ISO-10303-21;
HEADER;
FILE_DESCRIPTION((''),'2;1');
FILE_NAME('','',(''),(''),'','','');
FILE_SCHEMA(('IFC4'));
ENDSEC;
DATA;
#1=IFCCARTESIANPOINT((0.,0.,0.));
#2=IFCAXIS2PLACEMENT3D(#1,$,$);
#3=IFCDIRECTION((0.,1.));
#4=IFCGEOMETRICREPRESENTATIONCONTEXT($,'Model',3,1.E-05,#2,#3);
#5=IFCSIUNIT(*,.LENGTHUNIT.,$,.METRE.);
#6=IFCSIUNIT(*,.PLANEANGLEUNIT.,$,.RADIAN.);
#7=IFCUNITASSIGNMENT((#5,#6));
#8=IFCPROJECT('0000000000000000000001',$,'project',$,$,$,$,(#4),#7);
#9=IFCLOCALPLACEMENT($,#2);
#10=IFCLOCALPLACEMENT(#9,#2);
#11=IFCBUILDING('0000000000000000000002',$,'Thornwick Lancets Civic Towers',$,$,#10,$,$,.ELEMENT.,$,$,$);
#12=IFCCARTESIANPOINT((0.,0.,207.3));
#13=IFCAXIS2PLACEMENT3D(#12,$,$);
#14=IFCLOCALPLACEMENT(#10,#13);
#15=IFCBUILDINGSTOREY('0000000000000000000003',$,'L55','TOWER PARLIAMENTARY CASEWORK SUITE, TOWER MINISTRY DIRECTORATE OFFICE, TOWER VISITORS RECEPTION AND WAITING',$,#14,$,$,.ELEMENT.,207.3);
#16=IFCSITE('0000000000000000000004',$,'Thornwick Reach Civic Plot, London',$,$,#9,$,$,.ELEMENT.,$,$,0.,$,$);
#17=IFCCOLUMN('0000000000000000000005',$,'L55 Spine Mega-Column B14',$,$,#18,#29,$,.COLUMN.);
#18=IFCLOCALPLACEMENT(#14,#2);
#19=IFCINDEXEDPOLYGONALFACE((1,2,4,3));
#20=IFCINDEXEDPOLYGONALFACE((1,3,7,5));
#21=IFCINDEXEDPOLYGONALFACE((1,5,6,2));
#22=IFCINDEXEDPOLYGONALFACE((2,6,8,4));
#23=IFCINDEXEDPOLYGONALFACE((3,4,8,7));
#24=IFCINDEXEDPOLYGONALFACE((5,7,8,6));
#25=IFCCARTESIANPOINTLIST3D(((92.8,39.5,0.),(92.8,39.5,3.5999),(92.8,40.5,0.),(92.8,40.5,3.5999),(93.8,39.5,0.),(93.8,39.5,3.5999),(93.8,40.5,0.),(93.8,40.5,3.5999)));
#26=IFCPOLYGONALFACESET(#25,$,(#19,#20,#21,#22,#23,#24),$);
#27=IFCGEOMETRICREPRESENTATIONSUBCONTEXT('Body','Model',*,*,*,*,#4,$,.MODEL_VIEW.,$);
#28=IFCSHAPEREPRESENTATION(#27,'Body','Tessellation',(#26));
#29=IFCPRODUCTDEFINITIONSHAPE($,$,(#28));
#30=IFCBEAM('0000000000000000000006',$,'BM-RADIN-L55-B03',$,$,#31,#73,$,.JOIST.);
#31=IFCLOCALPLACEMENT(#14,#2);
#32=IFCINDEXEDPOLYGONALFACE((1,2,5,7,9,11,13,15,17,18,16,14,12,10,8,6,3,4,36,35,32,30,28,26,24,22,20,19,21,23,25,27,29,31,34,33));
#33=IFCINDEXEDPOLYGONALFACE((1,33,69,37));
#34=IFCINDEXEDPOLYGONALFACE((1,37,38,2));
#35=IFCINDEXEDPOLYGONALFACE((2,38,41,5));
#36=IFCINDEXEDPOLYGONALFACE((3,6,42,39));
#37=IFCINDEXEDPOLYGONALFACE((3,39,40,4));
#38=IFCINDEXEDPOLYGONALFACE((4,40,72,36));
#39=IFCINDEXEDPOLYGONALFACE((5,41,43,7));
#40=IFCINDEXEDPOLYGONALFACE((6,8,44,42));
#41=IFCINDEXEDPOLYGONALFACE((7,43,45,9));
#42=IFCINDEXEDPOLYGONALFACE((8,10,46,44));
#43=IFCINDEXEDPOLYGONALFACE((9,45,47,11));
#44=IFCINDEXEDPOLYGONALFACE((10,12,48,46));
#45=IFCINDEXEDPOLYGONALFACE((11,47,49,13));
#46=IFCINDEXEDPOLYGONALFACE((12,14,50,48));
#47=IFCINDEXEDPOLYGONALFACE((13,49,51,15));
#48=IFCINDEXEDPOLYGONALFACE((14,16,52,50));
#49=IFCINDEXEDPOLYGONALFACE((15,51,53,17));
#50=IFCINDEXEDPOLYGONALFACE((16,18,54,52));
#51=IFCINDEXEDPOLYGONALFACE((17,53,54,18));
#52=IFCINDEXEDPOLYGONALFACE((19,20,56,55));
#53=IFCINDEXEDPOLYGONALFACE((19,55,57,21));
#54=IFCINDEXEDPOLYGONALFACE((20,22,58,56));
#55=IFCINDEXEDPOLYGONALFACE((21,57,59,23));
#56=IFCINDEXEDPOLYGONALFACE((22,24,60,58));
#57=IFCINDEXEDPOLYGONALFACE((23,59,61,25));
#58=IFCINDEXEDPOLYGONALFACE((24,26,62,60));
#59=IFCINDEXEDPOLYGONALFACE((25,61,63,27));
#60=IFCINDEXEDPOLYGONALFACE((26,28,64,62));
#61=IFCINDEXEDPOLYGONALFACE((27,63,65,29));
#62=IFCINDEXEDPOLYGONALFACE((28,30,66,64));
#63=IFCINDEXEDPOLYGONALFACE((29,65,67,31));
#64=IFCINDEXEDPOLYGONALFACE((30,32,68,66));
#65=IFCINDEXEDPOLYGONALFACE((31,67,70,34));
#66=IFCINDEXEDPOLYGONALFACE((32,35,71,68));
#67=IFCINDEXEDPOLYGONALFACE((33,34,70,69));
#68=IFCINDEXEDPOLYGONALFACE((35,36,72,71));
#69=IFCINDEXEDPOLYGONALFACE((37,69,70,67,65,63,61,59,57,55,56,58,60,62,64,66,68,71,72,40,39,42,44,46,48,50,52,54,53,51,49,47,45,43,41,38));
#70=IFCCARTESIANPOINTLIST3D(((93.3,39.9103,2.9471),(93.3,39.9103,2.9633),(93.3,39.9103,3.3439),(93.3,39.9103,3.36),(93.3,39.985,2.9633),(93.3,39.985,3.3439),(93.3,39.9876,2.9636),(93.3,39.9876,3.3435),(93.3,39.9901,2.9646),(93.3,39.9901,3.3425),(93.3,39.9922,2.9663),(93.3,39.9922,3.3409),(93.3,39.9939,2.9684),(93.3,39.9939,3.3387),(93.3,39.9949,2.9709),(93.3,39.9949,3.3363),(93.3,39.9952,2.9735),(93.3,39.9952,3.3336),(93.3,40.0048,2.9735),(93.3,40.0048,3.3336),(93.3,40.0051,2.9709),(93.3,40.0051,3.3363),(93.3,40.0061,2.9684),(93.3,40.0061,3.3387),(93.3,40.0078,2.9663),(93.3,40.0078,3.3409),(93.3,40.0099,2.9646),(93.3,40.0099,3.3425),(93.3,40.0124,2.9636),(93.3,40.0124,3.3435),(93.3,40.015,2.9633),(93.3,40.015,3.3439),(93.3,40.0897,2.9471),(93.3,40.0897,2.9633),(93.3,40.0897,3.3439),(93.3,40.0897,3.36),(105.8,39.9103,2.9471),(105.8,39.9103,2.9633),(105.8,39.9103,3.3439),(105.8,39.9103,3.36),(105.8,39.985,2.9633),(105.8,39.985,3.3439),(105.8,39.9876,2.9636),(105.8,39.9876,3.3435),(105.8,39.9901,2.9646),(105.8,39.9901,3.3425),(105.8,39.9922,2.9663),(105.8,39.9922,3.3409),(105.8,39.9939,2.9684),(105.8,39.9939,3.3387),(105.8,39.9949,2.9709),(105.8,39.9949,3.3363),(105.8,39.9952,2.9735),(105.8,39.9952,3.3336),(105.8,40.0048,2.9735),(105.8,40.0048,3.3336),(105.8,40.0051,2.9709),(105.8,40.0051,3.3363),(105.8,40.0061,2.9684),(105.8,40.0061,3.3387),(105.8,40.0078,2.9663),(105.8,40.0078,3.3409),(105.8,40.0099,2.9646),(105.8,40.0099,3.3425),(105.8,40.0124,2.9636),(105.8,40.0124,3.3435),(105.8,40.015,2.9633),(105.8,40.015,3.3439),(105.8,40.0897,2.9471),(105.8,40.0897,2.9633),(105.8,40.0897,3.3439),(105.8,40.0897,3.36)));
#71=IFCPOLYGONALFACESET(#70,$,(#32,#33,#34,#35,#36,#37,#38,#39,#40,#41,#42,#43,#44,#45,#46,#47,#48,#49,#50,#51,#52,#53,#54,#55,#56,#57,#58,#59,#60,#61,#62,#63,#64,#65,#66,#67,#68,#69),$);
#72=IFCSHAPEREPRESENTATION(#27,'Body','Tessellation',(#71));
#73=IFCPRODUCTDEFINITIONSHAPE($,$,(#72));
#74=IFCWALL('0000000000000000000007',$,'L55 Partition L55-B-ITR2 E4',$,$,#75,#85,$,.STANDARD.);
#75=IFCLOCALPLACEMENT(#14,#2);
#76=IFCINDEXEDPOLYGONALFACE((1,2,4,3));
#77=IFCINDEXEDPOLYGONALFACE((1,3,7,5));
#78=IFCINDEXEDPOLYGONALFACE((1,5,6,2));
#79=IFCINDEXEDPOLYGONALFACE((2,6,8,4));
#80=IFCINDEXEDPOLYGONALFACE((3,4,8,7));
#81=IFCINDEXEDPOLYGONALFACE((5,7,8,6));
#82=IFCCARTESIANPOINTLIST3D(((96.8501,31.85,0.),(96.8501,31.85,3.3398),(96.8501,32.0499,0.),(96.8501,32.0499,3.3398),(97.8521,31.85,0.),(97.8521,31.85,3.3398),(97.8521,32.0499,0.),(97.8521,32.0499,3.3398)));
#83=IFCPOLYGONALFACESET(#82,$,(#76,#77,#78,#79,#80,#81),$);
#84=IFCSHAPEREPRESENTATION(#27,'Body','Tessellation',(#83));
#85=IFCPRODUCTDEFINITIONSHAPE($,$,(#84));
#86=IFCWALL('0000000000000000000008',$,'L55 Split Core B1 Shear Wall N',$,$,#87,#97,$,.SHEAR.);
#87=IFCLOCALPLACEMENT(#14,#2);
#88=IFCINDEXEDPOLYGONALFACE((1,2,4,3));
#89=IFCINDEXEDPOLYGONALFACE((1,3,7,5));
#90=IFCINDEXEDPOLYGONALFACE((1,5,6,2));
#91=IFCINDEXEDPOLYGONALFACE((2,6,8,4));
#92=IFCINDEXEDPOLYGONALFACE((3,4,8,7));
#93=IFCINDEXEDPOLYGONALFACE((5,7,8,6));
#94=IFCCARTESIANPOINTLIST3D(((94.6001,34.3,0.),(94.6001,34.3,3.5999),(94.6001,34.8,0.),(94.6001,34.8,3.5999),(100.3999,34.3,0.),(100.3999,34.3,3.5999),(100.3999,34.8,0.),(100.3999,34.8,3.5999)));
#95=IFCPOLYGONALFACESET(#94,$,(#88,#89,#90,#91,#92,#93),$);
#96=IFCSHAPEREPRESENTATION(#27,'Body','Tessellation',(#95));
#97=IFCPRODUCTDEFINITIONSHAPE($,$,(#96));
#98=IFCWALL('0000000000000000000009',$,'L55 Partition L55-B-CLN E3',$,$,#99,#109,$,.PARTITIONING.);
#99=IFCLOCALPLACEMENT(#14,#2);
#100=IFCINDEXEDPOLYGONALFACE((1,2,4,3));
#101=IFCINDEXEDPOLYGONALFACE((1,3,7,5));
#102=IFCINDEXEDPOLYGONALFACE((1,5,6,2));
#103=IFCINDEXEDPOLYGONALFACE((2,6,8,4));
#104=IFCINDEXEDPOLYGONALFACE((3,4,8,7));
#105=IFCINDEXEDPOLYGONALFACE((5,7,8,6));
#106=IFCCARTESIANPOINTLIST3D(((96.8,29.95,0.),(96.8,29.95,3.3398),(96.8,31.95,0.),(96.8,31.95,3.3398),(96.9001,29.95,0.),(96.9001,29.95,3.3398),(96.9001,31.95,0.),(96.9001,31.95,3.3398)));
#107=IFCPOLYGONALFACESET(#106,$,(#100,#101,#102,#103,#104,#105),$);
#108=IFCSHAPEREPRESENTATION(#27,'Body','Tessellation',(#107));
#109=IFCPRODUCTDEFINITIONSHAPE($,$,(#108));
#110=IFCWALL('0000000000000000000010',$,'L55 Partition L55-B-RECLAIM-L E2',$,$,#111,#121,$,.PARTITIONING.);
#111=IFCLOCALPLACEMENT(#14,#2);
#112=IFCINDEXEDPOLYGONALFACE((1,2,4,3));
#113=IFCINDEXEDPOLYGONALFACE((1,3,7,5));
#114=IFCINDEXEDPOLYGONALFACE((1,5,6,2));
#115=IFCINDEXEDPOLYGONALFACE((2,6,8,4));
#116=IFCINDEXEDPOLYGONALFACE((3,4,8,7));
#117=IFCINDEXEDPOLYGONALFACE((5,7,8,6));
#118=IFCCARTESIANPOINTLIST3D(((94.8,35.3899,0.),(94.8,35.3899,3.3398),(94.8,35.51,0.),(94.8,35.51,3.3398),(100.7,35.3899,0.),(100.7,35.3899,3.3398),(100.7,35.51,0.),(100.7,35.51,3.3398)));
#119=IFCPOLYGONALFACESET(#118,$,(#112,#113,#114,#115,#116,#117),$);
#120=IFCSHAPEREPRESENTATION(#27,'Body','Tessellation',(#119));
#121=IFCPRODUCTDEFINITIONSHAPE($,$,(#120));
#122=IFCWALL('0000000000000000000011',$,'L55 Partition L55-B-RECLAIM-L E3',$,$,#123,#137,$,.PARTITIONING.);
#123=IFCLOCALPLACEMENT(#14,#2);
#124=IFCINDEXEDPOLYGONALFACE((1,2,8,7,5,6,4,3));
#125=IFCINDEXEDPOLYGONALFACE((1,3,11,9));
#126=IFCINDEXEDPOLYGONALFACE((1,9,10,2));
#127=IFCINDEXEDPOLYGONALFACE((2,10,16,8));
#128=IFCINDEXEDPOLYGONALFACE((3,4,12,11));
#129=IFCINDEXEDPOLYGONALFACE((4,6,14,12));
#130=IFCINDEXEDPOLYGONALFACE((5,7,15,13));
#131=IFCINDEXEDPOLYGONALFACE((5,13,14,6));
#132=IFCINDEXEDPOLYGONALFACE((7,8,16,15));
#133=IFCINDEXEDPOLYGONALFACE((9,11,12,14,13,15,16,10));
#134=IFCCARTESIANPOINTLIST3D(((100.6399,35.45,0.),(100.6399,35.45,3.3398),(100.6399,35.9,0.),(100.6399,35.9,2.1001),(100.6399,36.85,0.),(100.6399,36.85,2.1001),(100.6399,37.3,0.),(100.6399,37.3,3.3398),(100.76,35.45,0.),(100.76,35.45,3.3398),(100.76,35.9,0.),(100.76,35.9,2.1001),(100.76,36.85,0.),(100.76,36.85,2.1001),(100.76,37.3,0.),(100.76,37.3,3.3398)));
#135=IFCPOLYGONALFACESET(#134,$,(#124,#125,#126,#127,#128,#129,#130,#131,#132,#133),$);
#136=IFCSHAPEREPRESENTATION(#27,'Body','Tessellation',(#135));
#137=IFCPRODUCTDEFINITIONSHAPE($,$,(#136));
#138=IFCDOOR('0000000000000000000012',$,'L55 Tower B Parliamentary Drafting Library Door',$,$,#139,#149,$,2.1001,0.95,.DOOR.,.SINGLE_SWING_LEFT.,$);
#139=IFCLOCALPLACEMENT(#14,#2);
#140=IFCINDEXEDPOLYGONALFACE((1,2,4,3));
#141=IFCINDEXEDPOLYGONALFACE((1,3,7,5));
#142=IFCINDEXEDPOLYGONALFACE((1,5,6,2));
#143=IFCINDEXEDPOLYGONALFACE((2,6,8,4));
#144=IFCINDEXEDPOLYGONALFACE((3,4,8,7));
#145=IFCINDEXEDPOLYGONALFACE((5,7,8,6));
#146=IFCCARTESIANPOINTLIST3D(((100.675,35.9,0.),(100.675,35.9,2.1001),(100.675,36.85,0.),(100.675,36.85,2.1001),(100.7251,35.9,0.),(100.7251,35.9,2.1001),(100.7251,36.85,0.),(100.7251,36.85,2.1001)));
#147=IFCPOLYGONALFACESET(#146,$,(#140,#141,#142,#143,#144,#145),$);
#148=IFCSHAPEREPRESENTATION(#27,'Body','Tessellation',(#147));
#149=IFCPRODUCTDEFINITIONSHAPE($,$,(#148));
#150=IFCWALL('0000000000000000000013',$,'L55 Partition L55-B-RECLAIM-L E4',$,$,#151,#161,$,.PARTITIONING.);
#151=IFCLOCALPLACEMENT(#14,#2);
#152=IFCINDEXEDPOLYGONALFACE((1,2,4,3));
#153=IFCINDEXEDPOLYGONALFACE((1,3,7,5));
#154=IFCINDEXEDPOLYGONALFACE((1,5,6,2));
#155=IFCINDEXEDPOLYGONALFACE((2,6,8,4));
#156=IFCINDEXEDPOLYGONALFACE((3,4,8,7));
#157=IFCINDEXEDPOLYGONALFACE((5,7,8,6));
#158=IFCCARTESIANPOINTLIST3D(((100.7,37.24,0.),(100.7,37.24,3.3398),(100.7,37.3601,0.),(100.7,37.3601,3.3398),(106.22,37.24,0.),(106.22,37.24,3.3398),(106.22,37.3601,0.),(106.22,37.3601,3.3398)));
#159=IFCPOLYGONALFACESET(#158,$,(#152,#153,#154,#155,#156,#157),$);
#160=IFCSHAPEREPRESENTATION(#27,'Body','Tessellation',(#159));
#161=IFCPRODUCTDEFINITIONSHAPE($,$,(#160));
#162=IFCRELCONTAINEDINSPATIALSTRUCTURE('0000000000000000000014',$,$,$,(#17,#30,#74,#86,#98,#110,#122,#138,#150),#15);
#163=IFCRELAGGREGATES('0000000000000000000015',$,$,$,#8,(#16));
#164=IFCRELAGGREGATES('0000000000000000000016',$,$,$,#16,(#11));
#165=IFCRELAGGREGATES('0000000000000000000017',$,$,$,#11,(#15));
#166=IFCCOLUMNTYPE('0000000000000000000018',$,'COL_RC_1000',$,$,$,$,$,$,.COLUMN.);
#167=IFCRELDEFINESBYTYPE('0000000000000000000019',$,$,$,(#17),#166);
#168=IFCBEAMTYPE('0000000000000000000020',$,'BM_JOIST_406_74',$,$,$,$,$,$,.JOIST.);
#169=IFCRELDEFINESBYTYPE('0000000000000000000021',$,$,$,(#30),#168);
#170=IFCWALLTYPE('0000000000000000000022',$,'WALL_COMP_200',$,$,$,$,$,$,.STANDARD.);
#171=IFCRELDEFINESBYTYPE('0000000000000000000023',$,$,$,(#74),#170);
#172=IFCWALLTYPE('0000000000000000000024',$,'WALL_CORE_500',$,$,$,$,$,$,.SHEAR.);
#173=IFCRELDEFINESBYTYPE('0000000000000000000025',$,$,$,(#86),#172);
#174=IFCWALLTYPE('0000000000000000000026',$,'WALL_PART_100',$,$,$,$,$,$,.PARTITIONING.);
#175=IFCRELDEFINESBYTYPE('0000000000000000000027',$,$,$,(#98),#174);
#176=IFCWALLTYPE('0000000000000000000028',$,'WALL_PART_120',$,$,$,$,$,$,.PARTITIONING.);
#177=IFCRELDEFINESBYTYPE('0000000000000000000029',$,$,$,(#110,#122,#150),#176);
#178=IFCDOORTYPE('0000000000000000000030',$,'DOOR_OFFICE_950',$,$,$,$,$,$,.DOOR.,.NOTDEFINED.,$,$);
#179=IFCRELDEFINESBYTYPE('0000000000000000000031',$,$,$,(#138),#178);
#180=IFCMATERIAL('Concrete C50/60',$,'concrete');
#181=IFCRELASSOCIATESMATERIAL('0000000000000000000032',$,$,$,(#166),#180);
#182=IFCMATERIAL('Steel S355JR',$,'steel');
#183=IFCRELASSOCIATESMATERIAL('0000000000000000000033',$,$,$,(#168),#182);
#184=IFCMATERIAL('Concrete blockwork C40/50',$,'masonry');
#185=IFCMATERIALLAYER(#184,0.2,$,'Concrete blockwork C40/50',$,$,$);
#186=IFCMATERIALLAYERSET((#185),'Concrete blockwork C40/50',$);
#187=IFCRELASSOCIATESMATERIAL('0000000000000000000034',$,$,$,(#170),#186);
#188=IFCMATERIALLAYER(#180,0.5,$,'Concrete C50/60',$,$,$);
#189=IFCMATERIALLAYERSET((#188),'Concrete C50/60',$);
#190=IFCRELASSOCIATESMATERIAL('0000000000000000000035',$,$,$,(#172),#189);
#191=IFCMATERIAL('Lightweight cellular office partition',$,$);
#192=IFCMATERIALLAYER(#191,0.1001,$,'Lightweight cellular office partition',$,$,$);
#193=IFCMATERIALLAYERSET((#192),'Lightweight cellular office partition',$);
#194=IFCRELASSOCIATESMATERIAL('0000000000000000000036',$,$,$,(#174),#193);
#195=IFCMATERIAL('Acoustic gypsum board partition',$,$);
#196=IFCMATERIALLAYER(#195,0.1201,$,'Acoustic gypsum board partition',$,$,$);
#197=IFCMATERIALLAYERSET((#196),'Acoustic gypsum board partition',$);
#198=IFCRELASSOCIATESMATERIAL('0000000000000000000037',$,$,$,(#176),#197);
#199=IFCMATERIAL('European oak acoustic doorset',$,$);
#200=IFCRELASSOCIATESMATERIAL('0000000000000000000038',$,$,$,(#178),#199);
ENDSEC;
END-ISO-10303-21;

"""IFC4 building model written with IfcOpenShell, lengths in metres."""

from ifc_helpers import new_model, si_unit, direction, frame, frame_2d, origin, origin_2d, place, context, subcontext, project, spatial, rectangle, i_section, extrude, material, layer, layer_set, material_profile, profile_set, type_object, element, fill, save


model = new_model("IFC4")

# Units and contexts
model_context = context("Model", 3, precision=1e-05, world=origin(), true_north=direction((0.0, 1.0)))
body_context = subcontext(model_context, "Body", "Model", "MODEL_VIEW")
ifc_project = project(units=[si_unit("LENGTHUNIT", "METRE"), si_unit("PLANEANGLEUNIT", "RADIAN")], contexts=[model_context])

# Site, building, storey
site_placement = place(None, origin())
site = spatial("IfcSite", under=ifc_project, at=site_placement, Name="Thornwick Reach Civic Plot, London", CompositionType="ELEMENT", RefElevation=0.0)
building_placement = place(site_placement, origin())
building = spatial("IfcBuilding", under=site, at=building_placement, Name="Thornwick Lancets Civic Towers", CompositionType="ELEMENT")
storey_placement = place(building_placement, frame((0.0, 0.0, 207.3)))
storey = spatial("IfcBuildingStorey", under=building, at=storey_placement, Name="L55", Description="TOWER PARLIAMENTARY CASEWORK SUITE, TOWER MINISTRY DIRECTORATE OFFICE, TOWER VISITORS RECEPTION AND WAITING", CompositionType="ELEMENT", Elevation=207.3)

# Column
ifc_material_1 = material(Name="Concrete C50/60", Category="concrete")
ifc_material_profile_1 = material_profile(ifc_material_1, rectangle(XDim=1.0, YDim=1.0, at=origin_2d()), Name="RC 1000x1000")
ifc_profile_set_1 = profile_set([ifc_material_profile_1], Name="Concrete C50/60")
column_type = type_object("IfcColumnType", Name="COL_RC_1000", PredefinedType="COLUMN", material=ifc_profile_set_1)
column_placement = place(storey_placement, frame((93.3, 40.0, 0.0), z_axis=(0.0, 0.0, 1.0), x_axis=(1.0, 0.0, 0.0)))
element("IfcColumn", 1, at=column_placement, inside=storey, type_object=column_type, Name="L55 Spine Mega-Column B14", PredefinedType="COLUMN", context=body_context, shape_type="SweptSolid", body=[
    extrude(rectangle(XDim=1.0, YDim=1.0, at=origin_2d()), origin(), (0.0, 0.0, 1.0), 3.5999),
])

# Beam
ifc_material_2 = material(Name="Steel S355JR", Category="steel")
ifc_material_profile_2 = material_profile(ifc_material_2, i_section(OverallWidth=0.1794, OverallDepth=0.4128, WebThickness=0.0095, FlangeThickness=0.0161, FilletRadius=0.0103, at=origin_2d()), Name="UKB 406x178x74")
ifc_profile_set_2 = profile_set([ifc_material_profile_2], Name="Steel S355JR")
beam_type = type_object("IfcBeamType", Name="BM_JOIST_406_74", PredefinedType="JOIST", material=ifc_profile_set_2)
beam_placement = place(storey_placement, frame((93.3, 40.0, 3.1536), z_axis=(1.0, 0.0, 0.0), x_axis=(0.0, 1.0, 0.0)))
element("IfcBeam", 2, at=beam_placement, inside=storey, type_object=beam_type, Name="BM-RADIN-L55-B03", PredefinedType="JOIST", context=body_context, shape_type="SweptSolid", body=[
    extrude(i_section(OverallWidth=0.1794, OverallDepth=0.4128, WebThickness=0.0095, FlangeThickness=0.0161, FilletRadius=0.0103, at=origin_2d()), origin(), (0.0, 0.0, 1.0), 12.5),
])

# Walls
ifc_material_3 = material(Name="Concrete blockwork C40/50", Category="masonry")
ifc_layer_1 = layer(ifc_material_3, 0.2, Name="Concrete blockwork C40/50")
ifc_layer_set_1 = layer_set([ifc_layer_1], Name="Concrete blockwork C40/50")
wall_type_1 = type_object("IfcWallType", Name="WALL_COMP_200", PredefinedType="STANDARD", material=ifc_layer_set_1)
wall_1_placement = place(storey_placement, frame((97.8521, 31.95, 0.0), z_axis=(0.0, 0.0, 1.0), x_axis=(-1.0, 0.0, 0.0)))
element("IfcWall", 3, at=wall_1_placement, inside=storey, type_object=wall_type_1, Name="L55 Partition L55-B-ITR2 E4", PredefinedType="STANDARD", context=body_context, shape_type="SweptSolid", body=[
    extrude(rectangle(XDim=1.002, YDim=0.2, at=frame_2d((0.501, 0.0))), origin(), (0.0, 0.0, 1.0), 3.3398),
])
ifc_layer_2 = layer(ifc_material_1, 0.5, Name="Concrete C50/60")
ifc_layer_set_2 = layer_set([ifc_layer_2], Name="Concrete C50/60")
wall_type_2 = type_object("IfcWallType", Name="WALL_CORE_500", PredefinedType="SHEAR", material=ifc_layer_set_2)
wall_2_placement = place(storey_placement, frame((94.6001, 34.55, 0.0), z_axis=(0.0, 0.0, 1.0), x_axis=(1.0, 0.0, 0.0)))
element("IfcWall", 4, at=wall_2_placement, inside=storey, type_object=wall_type_2, Name="L55 Split Core B1 Shear Wall N", PredefinedType="SHEAR", context=body_context, shape_type="SweptSolid", body=[
    extrude(rectangle(XDim=5.7998, YDim=0.5, at=frame_2d((2.8999, 0.0))), origin(), (0.0, 0.0, 1.0), 3.5999),
])
ifc_material_4 = material(Name="Lightweight cellular office partition")
ifc_layer_3 = layer(ifc_material_4, 0.1001, Name="Lightweight cellular office partition")
ifc_layer_set_3 = layer_set([ifc_layer_3], Name="Lightweight cellular office partition")
wall_type_3 = type_object("IfcWallType", Name="WALL_PART_100", PredefinedType="PARTITIONING", material=ifc_layer_set_3)
wall_3_placement = place(storey_placement, frame((96.8501, 31.95, 0.0), z_axis=(0.0, 0.0, 1.0), x_axis=(0.0, -1.0, 0.0)))
element("IfcWall", 5, at=wall_3_placement, inside=storey, type_object=wall_type_3, Name="L55 Partition L55-B-CLN E3", PredefinedType="PARTITIONING", context=body_context, shape_type="SweptSolid", body=[
    extrude(rectangle(XDim=2.0, YDim=0.1001, at=frame_2d((1.0, 0.0))), origin(), (0.0, 0.0, 1.0), 3.3398),
])
ifc_material_5 = material(Name="Acoustic gypsum board partition")
ifc_layer_4 = layer(ifc_material_5, 0.1201, Name="Acoustic gypsum board partition")
ifc_layer_set_4 = layer_set([ifc_layer_4], Name="Acoustic gypsum board partition")
wall_type_4 = type_object("IfcWallType", Name="WALL_PART_120", PredefinedType="PARTITIONING", material=ifc_layer_set_4)
wall_4_placement = place(storey_placement, frame((94.8, 35.45, 0.0), z_axis=(0.0, 0.0, 1.0), x_axis=(1.0, 0.0, 0.0)))
element("IfcWall", 6, at=wall_4_placement, inside=storey, type_object=wall_type_4, Name="L55 Partition L55-B-RECLAIM-L E2", PredefinedType="PARTITIONING", context=body_context, shape_type="SweptSolid", body=[
    extrude(rectangle(XDim=5.8999, YDim=0.1201, at=frame_2d((2.95, 0.0))), origin(), (0.0, 0.0, 1.0), 3.3398),
])

# Wall, opening, door
wall_5_placement = place(storey_placement, frame((100.7, 35.45, 0.0), z_axis=(0.0, 0.0, 1.0), x_axis=(0.0, 1.0, 0.0)))
wall_5 = element("IfcWall", 7, at=wall_5_placement, inside=storey, type_object=wall_type_4, Name="L55 Partition L55-B-RECLAIM-L E3", PredefinedType="PARTITIONING", context=body_context, shape_type="SweptSolid", body=[
    extrude(rectangle(XDim=1.8501, YDim=0.1201, at=frame_2d((0.925, 0.0))), origin(), (0.0, 0.0, 1.0), 3.3398),
])
opening_1_placement = place(wall_5_placement, frame((0.45, 0.0, 0.0)))
opening_1 = element("IfcOpeningElement", 8, at=opening_1_placement, cuts=wall_5, PredefinedType="OPENING", context=body_context, shape_type="SweptSolid", body=[
    extrude(rectangle(XDim=0.95, YDim=2.1001, at=frame_2d((0.4751, 1.05))), frame((0.0, 0.0701, 0.0), z_axis=(0.0, -1.0, 0.0), x_axis=(1.0, 0.0, 0.0)), (0.0, 0.0, 1.0), 0.1401),
])
ifc_material_6 = material(Name="European oak acoustic doorset")
door_type_1 = type_object("IfcDoorType", Name="DOOR_OFFICE_950", OperationType="NOTDEFINED", PredefinedType="DOOR", material=ifc_material_6)
door_1_placement = place(opening_1_placement, origin())
door_1 = element("IfcDoor", 9, at=door_1_placement, inside=storey, type_object=door_type_1, Name="L55 Tower B Parliamentary Drafting Library Door", OperationType="SINGLE_SWING_LEFT", OverallHeight=2.1001, OverallWidth=0.95, PredefinedType="DOOR", context=body_context, shape_type="SweptSolid", body=[
    extrude(rectangle(XDim=0.95, YDim=2.1001, at=frame_2d((0.4751, 1.05))), frame((0.0, 0.0249, 0.0), z_axis=(0.0, -1.0, 0.0), x_axis=(1.0, 0.0, 0.0)), (0.0, 0.0, 1.0), 0.05),
])
fill(opening_1, door_1)

# Wall
wall_6_placement = place(storey_placement, frame((100.7, 37.3, 0.0), z_axis=(0.0, 0.0, 1.0), x_axis=(1.0, 0.0, 0.0)))
element("IfcWall", 10, at=wall_6_placement, inside=storey, type_object=wall_type_4, Name="L55 Partition L55-B-RECLAIM-L E4", PredefinedType="PARTITIONING", context=body_context, shape_type="SweptSolid", body=[
    extrude(rectangle(XDim=5.52, YDim=0.1201, at=frame_2d((2.76, 0.0))), origin(), (0.0, 0.0, 1.0), 3.3398),
])

save(model, "model.ifc")
